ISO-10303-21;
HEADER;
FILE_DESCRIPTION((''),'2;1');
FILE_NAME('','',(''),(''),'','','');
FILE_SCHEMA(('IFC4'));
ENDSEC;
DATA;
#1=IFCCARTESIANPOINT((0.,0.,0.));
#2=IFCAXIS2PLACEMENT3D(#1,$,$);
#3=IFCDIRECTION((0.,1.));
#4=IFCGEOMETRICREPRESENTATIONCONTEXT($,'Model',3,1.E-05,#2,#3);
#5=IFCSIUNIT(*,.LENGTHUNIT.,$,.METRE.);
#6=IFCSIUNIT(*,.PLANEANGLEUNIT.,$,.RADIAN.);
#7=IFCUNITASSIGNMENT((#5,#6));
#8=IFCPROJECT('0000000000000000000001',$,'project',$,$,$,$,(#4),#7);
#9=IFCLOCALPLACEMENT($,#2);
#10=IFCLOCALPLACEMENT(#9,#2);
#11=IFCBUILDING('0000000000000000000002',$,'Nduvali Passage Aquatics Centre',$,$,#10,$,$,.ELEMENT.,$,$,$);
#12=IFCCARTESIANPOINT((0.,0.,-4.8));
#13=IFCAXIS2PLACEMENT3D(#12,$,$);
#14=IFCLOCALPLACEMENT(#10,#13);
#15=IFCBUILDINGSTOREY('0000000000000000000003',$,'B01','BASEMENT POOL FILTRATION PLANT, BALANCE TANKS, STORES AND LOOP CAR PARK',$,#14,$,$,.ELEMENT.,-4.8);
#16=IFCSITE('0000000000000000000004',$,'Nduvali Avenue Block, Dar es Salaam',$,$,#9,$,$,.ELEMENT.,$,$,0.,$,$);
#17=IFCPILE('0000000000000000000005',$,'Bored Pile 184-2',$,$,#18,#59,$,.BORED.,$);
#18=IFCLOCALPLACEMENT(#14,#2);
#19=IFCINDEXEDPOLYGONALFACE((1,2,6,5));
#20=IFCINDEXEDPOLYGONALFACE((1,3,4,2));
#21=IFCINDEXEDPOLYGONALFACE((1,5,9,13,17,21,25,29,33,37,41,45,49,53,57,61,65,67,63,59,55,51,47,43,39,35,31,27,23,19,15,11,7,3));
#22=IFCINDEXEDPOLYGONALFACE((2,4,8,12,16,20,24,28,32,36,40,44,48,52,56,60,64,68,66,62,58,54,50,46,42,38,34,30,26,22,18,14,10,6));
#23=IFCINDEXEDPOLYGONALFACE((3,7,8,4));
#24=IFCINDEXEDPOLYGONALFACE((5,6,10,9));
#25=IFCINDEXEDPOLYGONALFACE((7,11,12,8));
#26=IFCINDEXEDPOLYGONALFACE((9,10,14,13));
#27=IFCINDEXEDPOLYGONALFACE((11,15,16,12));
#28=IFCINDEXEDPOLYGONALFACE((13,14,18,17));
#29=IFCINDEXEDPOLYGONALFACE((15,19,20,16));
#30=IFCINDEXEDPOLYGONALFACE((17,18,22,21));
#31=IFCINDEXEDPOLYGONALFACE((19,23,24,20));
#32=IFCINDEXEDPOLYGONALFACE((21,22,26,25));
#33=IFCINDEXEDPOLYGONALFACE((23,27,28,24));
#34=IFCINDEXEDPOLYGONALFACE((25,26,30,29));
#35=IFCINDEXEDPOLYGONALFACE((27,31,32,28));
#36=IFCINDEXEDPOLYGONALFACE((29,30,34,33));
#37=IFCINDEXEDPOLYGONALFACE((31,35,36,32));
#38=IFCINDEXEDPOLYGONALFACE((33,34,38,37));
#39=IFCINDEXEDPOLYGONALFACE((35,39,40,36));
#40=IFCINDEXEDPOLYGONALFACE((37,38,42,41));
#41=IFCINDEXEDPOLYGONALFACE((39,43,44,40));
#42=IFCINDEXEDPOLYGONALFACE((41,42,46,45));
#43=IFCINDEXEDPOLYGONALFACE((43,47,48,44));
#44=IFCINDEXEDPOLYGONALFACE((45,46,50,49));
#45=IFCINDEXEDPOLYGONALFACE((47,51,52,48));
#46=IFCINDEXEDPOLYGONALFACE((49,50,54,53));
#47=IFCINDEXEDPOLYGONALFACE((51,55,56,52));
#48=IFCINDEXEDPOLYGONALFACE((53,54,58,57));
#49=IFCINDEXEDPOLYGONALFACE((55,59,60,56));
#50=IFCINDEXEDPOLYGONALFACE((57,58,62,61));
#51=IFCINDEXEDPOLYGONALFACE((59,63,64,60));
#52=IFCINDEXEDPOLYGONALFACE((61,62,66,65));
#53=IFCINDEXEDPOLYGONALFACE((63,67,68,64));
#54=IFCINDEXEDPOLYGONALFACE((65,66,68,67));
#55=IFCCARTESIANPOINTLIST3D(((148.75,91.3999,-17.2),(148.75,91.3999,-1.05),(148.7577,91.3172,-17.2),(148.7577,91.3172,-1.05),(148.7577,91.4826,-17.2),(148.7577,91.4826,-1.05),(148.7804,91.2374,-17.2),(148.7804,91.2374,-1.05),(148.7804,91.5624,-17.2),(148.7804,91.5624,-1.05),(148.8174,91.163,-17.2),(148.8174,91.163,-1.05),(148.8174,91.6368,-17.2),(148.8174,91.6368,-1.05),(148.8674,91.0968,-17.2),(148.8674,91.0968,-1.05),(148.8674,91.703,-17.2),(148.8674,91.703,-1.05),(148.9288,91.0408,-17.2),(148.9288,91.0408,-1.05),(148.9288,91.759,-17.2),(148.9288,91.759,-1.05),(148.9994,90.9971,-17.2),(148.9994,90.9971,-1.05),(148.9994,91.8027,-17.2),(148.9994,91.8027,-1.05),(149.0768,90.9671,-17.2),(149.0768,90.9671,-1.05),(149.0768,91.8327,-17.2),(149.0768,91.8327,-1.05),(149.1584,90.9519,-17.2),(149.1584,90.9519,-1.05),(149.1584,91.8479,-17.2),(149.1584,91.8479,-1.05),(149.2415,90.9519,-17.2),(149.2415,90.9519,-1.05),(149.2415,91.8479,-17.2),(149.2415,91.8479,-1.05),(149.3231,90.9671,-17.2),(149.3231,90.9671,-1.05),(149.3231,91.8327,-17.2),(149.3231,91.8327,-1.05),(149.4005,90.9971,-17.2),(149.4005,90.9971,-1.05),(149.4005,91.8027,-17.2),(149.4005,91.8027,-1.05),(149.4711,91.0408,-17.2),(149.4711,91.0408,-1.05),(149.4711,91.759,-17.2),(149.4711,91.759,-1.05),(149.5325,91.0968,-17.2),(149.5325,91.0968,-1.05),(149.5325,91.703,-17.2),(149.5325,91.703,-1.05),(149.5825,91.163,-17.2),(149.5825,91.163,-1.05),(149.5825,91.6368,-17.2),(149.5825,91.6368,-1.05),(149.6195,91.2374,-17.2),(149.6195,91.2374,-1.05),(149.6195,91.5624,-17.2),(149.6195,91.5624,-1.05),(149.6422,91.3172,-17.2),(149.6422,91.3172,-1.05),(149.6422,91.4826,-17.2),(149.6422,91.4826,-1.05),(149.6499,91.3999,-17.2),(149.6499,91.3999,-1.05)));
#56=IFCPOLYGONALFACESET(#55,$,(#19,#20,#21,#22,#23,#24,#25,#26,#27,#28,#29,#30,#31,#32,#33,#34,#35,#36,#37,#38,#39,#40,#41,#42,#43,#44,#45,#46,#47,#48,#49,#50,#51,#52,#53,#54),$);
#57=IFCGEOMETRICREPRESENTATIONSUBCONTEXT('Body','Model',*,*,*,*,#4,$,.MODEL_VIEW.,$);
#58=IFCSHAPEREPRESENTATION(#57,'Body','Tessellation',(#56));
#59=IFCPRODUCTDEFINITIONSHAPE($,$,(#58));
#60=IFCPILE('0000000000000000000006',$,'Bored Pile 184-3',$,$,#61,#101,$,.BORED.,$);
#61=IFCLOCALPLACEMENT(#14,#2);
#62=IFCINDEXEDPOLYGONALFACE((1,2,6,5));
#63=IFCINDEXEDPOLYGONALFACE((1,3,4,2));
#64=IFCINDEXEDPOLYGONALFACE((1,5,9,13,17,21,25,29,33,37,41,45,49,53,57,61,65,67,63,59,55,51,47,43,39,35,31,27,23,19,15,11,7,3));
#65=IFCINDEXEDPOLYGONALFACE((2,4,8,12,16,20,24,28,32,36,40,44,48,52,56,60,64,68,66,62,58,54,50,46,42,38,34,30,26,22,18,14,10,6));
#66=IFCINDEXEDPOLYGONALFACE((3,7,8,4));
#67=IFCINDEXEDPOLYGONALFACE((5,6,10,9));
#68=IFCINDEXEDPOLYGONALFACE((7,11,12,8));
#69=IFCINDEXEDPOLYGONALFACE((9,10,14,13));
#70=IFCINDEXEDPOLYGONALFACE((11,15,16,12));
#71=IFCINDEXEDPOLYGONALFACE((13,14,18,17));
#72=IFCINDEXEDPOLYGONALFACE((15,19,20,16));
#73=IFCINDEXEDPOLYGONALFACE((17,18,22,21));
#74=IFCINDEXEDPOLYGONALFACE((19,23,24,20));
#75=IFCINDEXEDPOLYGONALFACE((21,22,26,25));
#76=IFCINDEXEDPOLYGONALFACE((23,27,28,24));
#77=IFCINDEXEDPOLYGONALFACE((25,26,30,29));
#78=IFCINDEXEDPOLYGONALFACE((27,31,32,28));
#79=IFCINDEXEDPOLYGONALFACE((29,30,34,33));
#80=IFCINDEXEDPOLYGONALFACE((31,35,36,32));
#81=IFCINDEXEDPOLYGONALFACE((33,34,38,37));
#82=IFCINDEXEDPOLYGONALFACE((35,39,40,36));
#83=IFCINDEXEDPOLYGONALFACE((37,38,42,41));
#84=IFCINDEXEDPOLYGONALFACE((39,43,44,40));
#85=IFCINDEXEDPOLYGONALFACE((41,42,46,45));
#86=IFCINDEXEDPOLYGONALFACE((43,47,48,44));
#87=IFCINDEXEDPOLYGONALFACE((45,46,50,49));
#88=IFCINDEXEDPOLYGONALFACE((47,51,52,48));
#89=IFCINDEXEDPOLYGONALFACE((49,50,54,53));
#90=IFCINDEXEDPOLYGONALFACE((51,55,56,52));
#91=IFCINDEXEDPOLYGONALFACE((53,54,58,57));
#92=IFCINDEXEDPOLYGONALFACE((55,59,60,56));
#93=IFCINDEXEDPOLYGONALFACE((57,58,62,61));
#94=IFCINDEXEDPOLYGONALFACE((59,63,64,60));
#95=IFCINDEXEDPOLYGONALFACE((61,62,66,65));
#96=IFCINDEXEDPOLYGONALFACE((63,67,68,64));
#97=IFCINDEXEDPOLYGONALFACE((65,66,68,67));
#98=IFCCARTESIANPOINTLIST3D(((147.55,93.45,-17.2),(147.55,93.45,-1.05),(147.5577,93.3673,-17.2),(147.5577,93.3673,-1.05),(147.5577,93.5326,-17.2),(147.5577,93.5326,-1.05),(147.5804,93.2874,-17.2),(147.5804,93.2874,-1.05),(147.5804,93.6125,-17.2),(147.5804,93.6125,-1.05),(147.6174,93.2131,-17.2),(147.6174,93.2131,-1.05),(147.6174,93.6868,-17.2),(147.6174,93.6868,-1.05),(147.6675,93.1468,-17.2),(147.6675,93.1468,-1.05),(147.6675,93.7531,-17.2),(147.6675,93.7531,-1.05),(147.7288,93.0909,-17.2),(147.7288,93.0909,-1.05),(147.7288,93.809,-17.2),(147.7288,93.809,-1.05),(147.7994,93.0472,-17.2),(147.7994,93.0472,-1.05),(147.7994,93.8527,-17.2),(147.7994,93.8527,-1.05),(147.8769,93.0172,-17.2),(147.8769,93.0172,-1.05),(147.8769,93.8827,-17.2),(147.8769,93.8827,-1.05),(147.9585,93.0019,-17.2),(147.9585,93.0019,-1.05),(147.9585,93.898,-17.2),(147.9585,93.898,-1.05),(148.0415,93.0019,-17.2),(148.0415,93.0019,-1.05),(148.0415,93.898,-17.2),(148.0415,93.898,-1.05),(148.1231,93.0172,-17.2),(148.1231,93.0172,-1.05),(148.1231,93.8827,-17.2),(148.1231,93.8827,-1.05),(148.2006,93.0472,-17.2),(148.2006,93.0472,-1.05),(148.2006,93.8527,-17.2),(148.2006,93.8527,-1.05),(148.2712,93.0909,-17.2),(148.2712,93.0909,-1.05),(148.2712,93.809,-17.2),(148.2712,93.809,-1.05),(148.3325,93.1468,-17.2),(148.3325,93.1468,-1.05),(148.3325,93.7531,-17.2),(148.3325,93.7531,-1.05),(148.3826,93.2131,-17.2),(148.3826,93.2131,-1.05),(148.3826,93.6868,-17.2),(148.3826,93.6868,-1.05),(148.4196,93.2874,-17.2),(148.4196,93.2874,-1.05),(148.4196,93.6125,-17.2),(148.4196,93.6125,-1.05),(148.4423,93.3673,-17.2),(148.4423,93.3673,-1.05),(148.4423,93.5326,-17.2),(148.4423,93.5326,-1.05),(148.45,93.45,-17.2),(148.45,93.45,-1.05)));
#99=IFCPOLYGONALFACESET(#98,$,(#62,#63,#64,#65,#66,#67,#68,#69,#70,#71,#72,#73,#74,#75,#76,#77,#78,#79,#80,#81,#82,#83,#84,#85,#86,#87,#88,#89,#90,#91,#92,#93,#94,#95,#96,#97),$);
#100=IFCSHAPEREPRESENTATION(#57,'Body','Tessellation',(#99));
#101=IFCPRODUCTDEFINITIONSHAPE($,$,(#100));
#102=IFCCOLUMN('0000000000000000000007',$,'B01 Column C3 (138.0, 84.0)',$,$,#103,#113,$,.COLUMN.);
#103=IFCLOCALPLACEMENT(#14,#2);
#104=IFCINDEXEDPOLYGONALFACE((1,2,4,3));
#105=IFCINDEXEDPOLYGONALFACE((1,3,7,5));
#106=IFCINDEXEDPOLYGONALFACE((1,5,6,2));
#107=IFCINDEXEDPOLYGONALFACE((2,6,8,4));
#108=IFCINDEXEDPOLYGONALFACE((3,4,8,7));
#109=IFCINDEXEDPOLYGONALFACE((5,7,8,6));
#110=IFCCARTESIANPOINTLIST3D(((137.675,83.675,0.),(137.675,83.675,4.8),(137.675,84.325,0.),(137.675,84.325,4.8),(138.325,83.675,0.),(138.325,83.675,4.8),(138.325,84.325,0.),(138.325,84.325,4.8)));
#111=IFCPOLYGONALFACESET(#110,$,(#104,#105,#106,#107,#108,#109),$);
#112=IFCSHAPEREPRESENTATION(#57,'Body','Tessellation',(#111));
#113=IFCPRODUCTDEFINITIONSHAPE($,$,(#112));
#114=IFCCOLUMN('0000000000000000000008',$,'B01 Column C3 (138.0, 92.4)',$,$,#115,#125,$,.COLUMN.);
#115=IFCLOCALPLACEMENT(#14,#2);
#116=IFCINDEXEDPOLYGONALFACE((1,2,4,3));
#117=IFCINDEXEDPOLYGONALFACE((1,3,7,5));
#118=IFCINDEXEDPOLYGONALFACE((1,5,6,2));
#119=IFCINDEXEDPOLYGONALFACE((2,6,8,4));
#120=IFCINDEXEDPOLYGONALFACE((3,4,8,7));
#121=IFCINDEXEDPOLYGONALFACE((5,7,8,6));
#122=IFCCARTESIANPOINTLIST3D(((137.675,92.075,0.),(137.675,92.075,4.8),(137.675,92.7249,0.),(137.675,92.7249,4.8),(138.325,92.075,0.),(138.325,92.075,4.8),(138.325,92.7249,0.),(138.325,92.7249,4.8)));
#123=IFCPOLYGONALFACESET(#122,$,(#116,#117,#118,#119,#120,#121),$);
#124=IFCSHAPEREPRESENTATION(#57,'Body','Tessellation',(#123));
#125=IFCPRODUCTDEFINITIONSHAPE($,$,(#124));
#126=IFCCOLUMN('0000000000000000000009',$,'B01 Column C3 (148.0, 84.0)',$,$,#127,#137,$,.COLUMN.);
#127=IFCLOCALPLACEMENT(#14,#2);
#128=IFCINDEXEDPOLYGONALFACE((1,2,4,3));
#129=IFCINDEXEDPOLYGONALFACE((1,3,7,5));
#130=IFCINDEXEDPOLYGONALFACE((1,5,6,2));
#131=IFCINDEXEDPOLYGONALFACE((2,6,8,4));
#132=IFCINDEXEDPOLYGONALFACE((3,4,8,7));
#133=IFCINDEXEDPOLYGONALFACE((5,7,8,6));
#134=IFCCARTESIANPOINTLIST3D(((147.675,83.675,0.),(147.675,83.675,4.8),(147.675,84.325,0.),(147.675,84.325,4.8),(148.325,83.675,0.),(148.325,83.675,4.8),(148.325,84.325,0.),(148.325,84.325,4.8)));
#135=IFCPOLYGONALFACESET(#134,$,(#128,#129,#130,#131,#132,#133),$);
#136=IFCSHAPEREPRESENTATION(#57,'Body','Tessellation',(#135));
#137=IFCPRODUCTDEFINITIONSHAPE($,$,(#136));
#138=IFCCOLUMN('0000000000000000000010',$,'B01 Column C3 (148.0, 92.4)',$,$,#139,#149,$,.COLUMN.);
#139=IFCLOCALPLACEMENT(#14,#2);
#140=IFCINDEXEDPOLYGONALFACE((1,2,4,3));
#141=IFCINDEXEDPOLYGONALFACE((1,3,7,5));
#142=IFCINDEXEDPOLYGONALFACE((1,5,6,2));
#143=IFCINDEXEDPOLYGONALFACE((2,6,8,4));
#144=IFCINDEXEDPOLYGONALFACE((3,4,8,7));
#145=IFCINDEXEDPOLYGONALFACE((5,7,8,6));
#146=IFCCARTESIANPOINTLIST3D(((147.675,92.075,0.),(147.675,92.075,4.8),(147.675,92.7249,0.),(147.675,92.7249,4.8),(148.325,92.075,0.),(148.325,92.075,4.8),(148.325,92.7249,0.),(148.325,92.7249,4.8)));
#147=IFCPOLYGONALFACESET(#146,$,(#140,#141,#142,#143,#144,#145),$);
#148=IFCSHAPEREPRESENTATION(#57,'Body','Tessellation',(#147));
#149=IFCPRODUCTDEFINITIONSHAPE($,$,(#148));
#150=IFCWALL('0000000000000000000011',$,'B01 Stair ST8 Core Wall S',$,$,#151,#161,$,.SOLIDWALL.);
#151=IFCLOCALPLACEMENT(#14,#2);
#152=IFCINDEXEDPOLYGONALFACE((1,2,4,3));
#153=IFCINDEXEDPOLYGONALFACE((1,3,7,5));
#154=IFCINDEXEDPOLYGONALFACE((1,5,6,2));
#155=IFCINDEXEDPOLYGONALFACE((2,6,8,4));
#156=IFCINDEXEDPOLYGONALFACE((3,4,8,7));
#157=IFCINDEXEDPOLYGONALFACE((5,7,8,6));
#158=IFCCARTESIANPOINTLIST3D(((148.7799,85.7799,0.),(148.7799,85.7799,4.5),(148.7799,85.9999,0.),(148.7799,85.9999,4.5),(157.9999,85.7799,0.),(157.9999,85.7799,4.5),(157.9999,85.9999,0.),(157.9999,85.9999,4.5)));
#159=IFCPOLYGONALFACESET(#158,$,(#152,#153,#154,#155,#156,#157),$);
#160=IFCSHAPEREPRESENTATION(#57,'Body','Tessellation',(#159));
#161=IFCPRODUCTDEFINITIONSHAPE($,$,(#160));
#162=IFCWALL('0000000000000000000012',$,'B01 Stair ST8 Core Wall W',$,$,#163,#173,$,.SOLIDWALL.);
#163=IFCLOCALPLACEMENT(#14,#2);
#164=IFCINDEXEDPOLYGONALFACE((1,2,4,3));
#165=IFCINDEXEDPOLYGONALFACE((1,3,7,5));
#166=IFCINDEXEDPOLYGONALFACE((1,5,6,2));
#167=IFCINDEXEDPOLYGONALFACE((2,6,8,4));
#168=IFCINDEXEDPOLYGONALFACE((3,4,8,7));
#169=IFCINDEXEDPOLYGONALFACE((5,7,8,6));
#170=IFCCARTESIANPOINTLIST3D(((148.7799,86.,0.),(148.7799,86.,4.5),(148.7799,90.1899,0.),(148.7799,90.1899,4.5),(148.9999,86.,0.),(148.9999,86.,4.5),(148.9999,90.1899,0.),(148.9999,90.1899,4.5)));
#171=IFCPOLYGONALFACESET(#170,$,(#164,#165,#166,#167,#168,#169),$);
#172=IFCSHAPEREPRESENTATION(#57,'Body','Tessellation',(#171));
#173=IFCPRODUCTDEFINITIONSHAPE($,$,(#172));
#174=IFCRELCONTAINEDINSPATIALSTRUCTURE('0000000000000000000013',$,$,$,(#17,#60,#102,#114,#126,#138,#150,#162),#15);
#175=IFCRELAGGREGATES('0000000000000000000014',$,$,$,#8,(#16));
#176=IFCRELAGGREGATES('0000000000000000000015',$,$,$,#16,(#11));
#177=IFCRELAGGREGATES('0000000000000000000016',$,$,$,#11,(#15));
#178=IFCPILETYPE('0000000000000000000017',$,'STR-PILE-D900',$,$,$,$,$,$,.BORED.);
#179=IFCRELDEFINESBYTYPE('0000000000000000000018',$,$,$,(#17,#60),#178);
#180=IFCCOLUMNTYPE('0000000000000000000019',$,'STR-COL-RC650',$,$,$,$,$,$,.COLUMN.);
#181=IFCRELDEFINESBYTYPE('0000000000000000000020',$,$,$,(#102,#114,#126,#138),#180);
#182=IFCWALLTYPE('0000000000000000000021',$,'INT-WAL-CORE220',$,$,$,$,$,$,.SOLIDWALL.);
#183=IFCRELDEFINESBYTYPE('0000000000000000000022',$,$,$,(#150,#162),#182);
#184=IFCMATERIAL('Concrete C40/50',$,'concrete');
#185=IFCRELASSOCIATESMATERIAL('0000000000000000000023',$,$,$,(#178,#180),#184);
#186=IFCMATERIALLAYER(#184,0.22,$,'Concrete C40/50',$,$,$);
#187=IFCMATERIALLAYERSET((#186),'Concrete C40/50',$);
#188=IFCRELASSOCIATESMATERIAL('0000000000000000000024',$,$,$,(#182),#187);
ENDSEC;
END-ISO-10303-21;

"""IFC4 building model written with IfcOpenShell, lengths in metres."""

from ifc_helpers import new_model, si_unit, direction, frame, frame_2d, origin, origin_2d, place, context, subcontext, project, spatial, rectangle, circle, extrude, material, layer, layer_set, material_profile, profile_set, type_object, element, save


model = new_model("IFC4")

# Units and contexts
model_context = context("Model", 3, precision=1e-05, world=origin(), true_north=direction((0.0, 1.0)))
body_context = subcontext(model_context, "Body", "Model", "MODEL_VIEW")
ifc_project = project(units=[si_unit("LENGTHUNIT", "METRE"), si_unit("PLANEANGLEUNIT", "RADIAN")], contexts=[model_context])

# Site, building, storey
site_placement = place(None, origin())
site = spatial("IfcSite", under=ifc_project, at=site_placement, Name="Nduvali Avenue Block, Dar es Salaam", CompositionType="ELEMENT", RefElevation=0.0)
building_placement = place(site_placement, origin())
building = spatial("IfcBuilding", under=site, at=building_placement, Name="Nduvali Passage Aquatics Centre", CompositionType="ELEMENT")
storey_placement = place(building_placement, frame((0.0, 0.0, -4.8)))
storey = spatial("IfcBuildingStorey", under=building, at=storey_placement, Name="B01", Description="BASEMENT POOL FILTRATION PLANT, BALANCE TANKS, STORES AND LOOP CAR PARK", CompositionType="ELEMENT", Elevation=-4.8)

# Shared definitions
ifc_material = material(Name="Concrete C40/50", Category="concrete")

# Piles
ifc_material_profile_1 = material_profile(ifc_material, circle(Radius=0.45, at=origin_2d()), Name="PILE D900")
ifc_profile_set_1 = profile_set([ifc_material_profile_1], Name="Concrete C40/50")
pile_type_1 = type_object("IfcPileType", Name="STR-PILE-D900", PredefinedType="BORED", material=ifc_profile_set_1)
for number, where, z_axis, x_axis, name in (
    (1, (149.2, 91.3999, -1.05), (0.0, 0.0, -1.0), (1.0, 0.0, 0.0), "Bored Pile 184-2"),
    (2, (148.0, 93.45, -1.05), (0.0, 0.0, -1.0), (1.0, 0.0, 0.0), "Bored Pile 184-3"),
):
    element("IfcPile", number, at=place(storey_placement, frame(where, z_axis=z_axis, x_axis=x_axis)), inside=storey, type_object=pile_type_1, Name=name, PredefinedType="BORED", context=body_context, shape_type="SweptSolid", body=[
        extrude(circle(Radius=0.45, at=origin_2d()), origin(), (0.0, 0.0, 1.0), 16.1499),
    ])

# Columns
ifc_material_profile_2 = material_profile(ifc_material, rectangle(XDim=0.6499, YDim=0.6499, at=origin_2d()), Name="RC 650x650")
ifc_profile_set_2 = profile_set([ifc_material_profile_2], Name="Concrete C40/50")
column_type = type_object("IfcColumnType", Name="STR-COL-RC650", PredefinedType="COLUMN", material=ifc_profile_set_2)
for number, where, z_axis, x_axis, name in (
    (3, (138.0, 84.0, 0.0), (0.0, 0.0, 1.0), (1.0, 0.0, 0.0), "B01 Column C3 (138.0, 84.0)"),
    (4, (138.0, 92.3999, 0.0), (0.0, 0.0, 1.0), (1.0, 0.0, 0.0), "B01 Column C3 (138.0, 92.4)"),
    (5, (148.0, 84.0, 0.0), (0.0, 0.0, 1.0), (1.0, 0.0, 0.0), "B01 Column C3 (148.0, 84.0)"),
    (6, (148.0, 92.3999, 0.0), (0.0, 0.0, 1.0), (1.0, 0.0, 0.0), "B01 Column C3 (148.0, 92.4)"),
):
    element("IfcColumn", number, at=place(storey_placement, frame(where, z_axis=z_axis, x_axis=x_axis)), inside=storey, type_object=column_type, Name=name, PredefinedType="COLUMN", context=body_context, shape_type="SweptSolid", body=[
        extrude(rectangle(XDim=0.6499, YDim=0.6499, at=origin_2d()), origin(), (0.0, 0.0, 1.0), 4.8),
    ])

# Walls
ifc_layer = layer(ifc_material, 0.22, Name="Concrete C40/50")
ifc_layer_set = layer_set([ifc_layer], Name="Concrete C40/50")
wall_type = type_object("IfcWallType", Name="INT-WAL-CORE220", PredefinedType="SOLIDWALL", material=ifc_layer_set)
wall_1_placement = place(storey_placement, frame((148.78, 85.8899, 0.0), z_axis=(0.0, 0.0, 1.0), x_axis=(1.0, 0.0, 0.0)))
element("IfcWall", 7, at=wall_1_placement, inside=storey, type_object=wall_type, Name="B01 Stair ST8 Core Wall S", PredefinedType="SOLIDWALL", context=body_context, shape_type="SweptSolid", body=[
    extrude(rectangle(XDim=9.22, YDim=0.22, at=frame_2d((4.6099, 0.0))), origin(), (0.0, 0.0, 1.0), 4.5),
])
wall_2_placement = place(storey_placement, frame((148.8899, 90.1899, 0.0), z_axis=(0.0, 0.0, 1.0), x_axis=(0.0, -1.0, 0.0)))
element("IfcWall", 8, at=wall_2_placement, inside=storey, type_object=wall_type, Name="B01 Stair ST8 Core Wall W", PredefinedType="SOLIDWALL", context=body_context, shape_type="SweptSolid", body=[
    extrude(rectangle(XDim=4.1899, YDim=0.22, at=frame_2d((2.095, 0.0))), origin(), (0.0, 0.0, 1.0), 4.5),
])

save(model, "model.ifc")
